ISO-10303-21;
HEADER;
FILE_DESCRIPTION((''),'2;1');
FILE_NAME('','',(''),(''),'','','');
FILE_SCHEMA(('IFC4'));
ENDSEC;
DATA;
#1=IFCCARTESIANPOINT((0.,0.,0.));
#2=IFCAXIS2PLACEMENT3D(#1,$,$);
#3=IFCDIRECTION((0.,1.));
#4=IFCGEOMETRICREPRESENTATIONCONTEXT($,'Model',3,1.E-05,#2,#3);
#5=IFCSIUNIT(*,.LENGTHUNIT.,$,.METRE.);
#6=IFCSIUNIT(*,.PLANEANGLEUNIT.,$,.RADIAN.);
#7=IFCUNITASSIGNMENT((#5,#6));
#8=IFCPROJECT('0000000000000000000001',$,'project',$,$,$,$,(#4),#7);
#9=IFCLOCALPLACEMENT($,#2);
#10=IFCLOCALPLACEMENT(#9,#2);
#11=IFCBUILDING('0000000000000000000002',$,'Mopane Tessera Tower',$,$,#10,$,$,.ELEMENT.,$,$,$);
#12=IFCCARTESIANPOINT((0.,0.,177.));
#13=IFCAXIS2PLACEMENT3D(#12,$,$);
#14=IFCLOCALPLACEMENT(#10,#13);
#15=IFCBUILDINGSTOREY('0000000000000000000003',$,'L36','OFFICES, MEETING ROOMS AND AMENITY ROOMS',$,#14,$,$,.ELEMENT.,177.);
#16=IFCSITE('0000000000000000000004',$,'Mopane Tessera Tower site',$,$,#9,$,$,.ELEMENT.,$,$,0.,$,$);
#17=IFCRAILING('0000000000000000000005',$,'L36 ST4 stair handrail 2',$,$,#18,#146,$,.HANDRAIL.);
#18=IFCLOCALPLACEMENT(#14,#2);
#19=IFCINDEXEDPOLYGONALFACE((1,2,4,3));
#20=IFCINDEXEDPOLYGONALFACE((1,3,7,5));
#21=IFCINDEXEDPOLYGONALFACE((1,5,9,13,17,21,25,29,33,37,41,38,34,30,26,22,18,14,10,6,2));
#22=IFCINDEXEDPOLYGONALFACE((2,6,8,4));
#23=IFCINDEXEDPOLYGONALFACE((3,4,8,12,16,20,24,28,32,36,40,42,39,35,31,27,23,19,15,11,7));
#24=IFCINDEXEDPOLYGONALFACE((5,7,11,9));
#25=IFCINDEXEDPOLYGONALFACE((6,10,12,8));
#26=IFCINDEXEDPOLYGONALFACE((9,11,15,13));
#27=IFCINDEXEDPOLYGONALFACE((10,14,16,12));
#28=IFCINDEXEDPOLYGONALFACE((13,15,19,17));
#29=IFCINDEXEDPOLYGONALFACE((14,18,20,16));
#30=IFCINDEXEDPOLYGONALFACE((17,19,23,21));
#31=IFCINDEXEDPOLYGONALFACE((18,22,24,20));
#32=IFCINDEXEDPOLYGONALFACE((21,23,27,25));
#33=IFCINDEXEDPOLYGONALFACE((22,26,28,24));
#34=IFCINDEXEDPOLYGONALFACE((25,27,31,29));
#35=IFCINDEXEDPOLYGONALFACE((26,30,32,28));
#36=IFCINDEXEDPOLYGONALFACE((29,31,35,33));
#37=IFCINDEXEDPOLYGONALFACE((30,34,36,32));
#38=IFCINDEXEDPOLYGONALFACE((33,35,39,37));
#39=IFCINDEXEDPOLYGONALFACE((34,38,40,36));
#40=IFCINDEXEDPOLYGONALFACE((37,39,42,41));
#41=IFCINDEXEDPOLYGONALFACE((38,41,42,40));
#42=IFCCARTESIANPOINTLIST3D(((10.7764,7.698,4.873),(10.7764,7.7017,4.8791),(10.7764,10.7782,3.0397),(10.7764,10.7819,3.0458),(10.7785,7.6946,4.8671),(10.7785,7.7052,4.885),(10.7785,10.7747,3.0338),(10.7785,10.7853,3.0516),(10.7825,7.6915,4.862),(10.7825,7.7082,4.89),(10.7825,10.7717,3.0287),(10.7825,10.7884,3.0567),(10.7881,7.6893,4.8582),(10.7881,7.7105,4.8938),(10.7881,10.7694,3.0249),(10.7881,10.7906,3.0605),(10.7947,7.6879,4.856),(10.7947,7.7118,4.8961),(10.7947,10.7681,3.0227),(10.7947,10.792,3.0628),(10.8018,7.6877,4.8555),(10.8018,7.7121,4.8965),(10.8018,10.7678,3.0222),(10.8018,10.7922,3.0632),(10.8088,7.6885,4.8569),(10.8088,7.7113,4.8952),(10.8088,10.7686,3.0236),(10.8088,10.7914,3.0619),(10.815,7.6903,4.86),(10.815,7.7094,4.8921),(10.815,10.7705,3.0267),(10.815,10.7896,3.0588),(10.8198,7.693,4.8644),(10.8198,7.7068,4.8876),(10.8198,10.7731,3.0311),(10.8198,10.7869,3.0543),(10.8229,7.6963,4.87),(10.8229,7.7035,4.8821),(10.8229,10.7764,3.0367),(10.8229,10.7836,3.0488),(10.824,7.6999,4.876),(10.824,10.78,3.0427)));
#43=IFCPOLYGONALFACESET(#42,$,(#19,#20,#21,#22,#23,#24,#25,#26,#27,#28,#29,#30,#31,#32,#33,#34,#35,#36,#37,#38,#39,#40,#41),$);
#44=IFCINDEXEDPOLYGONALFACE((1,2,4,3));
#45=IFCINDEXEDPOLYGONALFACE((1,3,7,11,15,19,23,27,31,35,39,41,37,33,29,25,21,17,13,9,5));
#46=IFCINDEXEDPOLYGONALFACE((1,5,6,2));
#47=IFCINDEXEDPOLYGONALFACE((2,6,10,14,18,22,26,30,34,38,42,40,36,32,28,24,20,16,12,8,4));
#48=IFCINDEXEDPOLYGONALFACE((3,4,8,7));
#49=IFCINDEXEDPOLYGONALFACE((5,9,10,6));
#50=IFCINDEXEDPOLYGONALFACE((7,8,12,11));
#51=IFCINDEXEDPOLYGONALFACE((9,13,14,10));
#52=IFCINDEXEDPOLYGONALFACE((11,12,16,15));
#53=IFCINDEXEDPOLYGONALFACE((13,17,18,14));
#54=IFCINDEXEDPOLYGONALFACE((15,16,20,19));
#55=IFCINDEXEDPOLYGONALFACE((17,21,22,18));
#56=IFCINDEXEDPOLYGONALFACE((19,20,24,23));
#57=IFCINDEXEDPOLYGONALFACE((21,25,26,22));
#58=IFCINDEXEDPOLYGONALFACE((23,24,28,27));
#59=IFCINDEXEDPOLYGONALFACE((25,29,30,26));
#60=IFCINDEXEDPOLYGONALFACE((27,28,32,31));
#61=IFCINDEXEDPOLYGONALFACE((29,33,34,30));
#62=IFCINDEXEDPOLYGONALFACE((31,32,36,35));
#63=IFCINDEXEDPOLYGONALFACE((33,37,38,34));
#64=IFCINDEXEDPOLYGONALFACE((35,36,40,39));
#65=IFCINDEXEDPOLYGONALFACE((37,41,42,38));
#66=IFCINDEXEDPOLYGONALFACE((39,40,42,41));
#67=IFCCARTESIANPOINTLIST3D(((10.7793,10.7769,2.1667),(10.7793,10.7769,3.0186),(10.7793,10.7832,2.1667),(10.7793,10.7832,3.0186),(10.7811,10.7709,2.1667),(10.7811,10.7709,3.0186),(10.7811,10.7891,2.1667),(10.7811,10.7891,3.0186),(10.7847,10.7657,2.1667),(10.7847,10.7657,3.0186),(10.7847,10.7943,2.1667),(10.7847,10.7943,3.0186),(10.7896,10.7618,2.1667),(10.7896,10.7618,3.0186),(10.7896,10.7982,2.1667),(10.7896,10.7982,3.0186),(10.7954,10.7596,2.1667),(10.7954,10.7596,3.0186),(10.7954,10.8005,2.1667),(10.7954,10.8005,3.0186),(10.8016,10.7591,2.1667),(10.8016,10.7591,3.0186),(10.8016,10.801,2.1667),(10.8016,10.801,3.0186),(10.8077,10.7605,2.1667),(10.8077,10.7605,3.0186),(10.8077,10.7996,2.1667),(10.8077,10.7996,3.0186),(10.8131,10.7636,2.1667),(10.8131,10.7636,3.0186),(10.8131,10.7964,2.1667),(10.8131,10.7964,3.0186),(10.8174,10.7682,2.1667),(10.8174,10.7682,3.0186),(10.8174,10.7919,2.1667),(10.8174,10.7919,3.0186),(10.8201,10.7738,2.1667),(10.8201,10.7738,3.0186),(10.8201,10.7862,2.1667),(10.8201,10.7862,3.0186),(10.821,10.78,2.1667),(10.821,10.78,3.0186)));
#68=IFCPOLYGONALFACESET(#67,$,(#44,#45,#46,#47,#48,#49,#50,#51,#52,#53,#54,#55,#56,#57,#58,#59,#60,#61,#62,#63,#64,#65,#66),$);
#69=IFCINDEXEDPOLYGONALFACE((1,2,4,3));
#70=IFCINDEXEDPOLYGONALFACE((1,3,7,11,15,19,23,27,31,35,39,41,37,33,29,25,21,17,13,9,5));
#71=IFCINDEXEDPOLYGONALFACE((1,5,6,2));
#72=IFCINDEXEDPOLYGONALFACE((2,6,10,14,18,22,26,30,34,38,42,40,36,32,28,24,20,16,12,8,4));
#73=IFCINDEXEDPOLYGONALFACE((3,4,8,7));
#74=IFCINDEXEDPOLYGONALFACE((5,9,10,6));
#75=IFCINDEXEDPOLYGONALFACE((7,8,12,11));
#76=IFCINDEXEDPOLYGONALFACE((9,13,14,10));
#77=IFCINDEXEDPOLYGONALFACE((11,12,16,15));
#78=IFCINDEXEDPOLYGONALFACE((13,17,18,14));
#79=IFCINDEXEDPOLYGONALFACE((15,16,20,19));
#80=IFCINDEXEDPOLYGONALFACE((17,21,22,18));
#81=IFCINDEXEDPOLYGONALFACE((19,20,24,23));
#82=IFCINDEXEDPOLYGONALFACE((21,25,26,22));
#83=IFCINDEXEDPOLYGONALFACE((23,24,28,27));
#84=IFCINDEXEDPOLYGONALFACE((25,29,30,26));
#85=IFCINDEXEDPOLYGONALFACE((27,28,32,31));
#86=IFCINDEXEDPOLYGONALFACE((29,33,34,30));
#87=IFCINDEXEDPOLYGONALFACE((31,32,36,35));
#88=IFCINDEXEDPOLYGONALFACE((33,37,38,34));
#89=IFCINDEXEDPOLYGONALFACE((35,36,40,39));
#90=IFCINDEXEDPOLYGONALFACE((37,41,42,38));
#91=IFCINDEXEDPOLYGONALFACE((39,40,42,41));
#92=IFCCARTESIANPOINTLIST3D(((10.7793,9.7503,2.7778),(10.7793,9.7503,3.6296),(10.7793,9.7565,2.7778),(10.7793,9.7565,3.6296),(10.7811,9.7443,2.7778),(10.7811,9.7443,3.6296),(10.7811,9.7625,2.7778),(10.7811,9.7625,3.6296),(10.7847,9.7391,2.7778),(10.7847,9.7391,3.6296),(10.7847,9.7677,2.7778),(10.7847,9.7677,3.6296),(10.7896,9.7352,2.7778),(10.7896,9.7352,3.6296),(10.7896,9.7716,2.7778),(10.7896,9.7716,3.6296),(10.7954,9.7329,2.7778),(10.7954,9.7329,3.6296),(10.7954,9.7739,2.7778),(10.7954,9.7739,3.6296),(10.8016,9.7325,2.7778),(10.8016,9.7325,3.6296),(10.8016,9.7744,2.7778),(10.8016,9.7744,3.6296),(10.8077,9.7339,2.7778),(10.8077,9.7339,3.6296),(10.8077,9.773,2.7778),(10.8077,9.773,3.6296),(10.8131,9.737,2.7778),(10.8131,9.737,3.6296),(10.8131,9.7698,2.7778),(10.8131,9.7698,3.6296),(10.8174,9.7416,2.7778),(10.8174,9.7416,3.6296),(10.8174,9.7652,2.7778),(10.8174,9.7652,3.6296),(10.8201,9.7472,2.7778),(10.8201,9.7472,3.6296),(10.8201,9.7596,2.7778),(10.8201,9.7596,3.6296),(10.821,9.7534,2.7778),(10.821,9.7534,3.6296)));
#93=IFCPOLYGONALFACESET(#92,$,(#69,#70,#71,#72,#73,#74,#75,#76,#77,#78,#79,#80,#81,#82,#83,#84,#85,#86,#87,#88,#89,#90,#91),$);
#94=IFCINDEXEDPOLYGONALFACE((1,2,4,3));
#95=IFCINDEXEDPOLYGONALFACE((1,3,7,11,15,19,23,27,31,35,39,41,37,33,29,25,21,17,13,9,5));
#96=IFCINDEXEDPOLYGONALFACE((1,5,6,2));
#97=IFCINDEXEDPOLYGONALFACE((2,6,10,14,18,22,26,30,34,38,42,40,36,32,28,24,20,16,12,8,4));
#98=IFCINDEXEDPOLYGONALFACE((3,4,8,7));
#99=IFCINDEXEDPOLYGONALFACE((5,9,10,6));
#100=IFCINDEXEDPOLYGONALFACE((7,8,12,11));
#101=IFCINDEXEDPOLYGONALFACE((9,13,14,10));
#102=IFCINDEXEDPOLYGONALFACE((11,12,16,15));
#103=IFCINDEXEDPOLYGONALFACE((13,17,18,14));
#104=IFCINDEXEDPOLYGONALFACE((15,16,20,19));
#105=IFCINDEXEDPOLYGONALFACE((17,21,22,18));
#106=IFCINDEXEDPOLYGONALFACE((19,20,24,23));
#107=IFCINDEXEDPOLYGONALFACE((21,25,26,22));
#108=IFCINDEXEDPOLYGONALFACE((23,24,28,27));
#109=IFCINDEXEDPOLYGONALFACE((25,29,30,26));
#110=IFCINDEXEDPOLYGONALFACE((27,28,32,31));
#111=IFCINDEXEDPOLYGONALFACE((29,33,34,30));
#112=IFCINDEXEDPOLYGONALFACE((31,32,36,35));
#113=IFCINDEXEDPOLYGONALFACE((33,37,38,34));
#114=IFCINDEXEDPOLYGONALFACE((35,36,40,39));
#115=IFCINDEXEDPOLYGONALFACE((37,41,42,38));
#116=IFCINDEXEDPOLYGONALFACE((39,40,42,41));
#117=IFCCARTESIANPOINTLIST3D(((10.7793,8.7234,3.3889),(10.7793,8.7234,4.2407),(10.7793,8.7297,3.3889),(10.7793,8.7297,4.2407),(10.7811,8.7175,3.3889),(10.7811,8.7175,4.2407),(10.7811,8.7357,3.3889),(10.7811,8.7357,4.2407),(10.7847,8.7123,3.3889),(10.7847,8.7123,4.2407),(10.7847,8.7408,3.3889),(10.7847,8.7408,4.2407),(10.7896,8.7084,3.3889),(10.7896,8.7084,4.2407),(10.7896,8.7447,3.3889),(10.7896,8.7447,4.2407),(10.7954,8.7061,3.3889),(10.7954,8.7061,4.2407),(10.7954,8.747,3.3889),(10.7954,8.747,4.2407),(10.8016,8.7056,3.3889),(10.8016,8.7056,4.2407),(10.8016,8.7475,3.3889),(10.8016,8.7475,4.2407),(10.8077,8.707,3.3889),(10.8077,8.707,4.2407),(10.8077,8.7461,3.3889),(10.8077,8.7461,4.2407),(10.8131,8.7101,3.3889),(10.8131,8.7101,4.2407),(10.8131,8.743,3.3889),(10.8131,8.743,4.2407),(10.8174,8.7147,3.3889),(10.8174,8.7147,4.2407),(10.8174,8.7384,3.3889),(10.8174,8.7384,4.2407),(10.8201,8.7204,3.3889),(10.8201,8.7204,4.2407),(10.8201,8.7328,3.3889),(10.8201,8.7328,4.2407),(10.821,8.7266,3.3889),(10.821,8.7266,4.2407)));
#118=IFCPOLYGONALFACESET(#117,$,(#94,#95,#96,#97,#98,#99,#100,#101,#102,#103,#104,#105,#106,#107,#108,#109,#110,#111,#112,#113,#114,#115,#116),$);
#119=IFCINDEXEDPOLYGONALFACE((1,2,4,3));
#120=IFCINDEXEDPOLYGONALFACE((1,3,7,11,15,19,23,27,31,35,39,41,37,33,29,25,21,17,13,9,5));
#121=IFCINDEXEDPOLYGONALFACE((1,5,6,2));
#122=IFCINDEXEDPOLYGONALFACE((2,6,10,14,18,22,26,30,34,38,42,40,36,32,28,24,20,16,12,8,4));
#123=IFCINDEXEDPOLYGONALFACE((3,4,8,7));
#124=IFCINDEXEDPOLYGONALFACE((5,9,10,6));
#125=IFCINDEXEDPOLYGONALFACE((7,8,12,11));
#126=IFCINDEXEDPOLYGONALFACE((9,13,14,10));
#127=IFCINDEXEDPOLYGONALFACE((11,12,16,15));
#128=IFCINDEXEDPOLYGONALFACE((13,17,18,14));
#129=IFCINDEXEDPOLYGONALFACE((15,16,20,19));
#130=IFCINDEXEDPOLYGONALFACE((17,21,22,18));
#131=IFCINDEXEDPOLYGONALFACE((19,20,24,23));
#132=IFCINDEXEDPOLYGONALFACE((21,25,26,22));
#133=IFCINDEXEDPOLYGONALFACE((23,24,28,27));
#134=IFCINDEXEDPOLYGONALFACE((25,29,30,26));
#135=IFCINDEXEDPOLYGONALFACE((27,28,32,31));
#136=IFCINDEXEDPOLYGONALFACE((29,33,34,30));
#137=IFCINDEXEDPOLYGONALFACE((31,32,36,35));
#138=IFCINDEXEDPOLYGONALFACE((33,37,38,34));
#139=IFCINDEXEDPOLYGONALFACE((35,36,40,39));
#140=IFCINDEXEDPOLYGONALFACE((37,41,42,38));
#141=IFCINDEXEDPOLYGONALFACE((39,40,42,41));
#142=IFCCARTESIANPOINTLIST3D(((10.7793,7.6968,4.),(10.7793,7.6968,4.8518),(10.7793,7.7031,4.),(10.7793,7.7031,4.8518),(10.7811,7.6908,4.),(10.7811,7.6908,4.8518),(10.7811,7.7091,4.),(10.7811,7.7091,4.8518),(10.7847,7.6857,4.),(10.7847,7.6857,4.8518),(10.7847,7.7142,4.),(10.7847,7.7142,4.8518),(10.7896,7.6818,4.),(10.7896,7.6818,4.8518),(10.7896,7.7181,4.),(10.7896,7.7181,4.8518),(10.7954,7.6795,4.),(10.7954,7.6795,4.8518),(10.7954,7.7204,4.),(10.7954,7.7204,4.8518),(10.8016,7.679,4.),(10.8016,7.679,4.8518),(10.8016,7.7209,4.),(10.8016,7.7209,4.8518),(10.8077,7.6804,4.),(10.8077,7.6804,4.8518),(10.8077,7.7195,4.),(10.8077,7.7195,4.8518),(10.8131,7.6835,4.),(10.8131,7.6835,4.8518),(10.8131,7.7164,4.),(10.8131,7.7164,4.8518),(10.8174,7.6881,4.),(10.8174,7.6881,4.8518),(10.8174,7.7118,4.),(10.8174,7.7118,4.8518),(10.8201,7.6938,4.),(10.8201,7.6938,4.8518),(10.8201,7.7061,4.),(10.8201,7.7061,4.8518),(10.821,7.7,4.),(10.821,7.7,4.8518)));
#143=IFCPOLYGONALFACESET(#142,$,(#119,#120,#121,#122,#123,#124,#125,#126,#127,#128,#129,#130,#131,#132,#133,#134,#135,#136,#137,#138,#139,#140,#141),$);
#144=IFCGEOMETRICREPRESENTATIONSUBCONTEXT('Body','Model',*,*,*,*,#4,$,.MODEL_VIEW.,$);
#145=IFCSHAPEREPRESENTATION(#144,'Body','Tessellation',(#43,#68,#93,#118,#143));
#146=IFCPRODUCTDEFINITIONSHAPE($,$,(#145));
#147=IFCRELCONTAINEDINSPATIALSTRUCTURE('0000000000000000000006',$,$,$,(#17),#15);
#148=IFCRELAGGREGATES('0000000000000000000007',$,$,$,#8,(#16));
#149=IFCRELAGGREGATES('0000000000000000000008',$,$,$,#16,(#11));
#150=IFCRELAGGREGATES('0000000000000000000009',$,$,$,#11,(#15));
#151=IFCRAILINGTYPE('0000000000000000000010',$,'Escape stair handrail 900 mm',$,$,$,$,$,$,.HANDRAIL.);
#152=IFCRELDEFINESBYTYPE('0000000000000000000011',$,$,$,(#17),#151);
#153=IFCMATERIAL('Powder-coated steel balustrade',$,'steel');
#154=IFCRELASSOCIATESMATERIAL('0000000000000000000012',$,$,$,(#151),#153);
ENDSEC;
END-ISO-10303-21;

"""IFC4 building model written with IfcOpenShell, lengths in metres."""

from ifc_helpers import new_model, si_unit, direction, frame, origin, origin_2d, place, context, subcontext, project, spatial, circle, extrude, material, type_object, element, save


model = new_model("IFC4")

# Units and contexts
model_context = context("Model", 3, precision=1e-05, world=origin(), true_north=direction((0.0, 1.0)))
body_context = subcontext(model_context, "Body", "Model", "MODEL_VIEW")
ifc_project = project(units=[si_unit("LENGTHUNIT", "METRE"), si_unit("PLANEANGLEUNIT", "RADIAN")], contexts=[model_context])

# Site, building, storey
site_placement = place(None, origin())
site = spatial("IfcSite", under=ifc_project, at=site_placement, Name="Mopane Tessera Tower site", CompositionType="ELEMENT", RefElevation=0.0)
building_placement = place(site_placement, origin())
building = spatial("IfcBuilding", under=site, at=building_placement, Name="Mopane Tessera Tower", CompositionType="ELEMENT")
storey_placement = place(building_placement, frame((0.0, 0.0, 177.0)))
storey = spatial("IfcBuildingStorey", under=building, at=storey_placement, Name="L36", Description="OFFICES, MEETING ROOMS AND AMENITY ROOMS", CompositionType="ELEMENT", Elevation=177.0)

# Railing
ifc_material_1 = material(Name="Powder-coated steel balustrade", Category="steel")
railing_type_1 = type_object("IfcRailingType", Name="Escape stair handrail 900 mm", PredefinedType="HANDRAIL", material=ifc_material_1)
railing_1_placement = place(storey_placement, frame((10.8, 10.78, 2.1667)))
element("IfcRailing", 1, at=railing_1_placement, inside=storey, type_object=railing_type_1, Name="L36 ST4 stair handrail 2", PredefinedType="HANDRAIL", context=body_context, shape_type="SweptSolid", body=[
    extrude(circle(Radius=0.0239, at=origin_2d()), frame((0.0, 0.0, 0.876), z_axis=(0.0, -0.859309, 0.511458), x_axis=(1.0, 0.0, 0.0)), (0.0, 0.0, 1.0), 3.5845),
    extrude(circle(Radius=0.021, at=origin_2d()), origin(), (0.0, 0.0, 1.0), 0.8518),
    extrude(circle(Radius=0.021, at=origin_2d()), frame((0.0, -1.0266, 0.6111)), (0.0, 0.0, 1.0), 0.8518),
    extrude(circle(Radius=0.021, at=origin_2d()), frame((0.0, -2.0535, 1.2222)), (0.0, 0.0, 1.0), 0.8518),
    extrude(circle(Radius=0.021, at=origin_2d()), frame((0.0, -3.0801, 1.8333)), (0.0, 0.0, 1.0), 0.8518),
])

save(model, "model.ifc")
